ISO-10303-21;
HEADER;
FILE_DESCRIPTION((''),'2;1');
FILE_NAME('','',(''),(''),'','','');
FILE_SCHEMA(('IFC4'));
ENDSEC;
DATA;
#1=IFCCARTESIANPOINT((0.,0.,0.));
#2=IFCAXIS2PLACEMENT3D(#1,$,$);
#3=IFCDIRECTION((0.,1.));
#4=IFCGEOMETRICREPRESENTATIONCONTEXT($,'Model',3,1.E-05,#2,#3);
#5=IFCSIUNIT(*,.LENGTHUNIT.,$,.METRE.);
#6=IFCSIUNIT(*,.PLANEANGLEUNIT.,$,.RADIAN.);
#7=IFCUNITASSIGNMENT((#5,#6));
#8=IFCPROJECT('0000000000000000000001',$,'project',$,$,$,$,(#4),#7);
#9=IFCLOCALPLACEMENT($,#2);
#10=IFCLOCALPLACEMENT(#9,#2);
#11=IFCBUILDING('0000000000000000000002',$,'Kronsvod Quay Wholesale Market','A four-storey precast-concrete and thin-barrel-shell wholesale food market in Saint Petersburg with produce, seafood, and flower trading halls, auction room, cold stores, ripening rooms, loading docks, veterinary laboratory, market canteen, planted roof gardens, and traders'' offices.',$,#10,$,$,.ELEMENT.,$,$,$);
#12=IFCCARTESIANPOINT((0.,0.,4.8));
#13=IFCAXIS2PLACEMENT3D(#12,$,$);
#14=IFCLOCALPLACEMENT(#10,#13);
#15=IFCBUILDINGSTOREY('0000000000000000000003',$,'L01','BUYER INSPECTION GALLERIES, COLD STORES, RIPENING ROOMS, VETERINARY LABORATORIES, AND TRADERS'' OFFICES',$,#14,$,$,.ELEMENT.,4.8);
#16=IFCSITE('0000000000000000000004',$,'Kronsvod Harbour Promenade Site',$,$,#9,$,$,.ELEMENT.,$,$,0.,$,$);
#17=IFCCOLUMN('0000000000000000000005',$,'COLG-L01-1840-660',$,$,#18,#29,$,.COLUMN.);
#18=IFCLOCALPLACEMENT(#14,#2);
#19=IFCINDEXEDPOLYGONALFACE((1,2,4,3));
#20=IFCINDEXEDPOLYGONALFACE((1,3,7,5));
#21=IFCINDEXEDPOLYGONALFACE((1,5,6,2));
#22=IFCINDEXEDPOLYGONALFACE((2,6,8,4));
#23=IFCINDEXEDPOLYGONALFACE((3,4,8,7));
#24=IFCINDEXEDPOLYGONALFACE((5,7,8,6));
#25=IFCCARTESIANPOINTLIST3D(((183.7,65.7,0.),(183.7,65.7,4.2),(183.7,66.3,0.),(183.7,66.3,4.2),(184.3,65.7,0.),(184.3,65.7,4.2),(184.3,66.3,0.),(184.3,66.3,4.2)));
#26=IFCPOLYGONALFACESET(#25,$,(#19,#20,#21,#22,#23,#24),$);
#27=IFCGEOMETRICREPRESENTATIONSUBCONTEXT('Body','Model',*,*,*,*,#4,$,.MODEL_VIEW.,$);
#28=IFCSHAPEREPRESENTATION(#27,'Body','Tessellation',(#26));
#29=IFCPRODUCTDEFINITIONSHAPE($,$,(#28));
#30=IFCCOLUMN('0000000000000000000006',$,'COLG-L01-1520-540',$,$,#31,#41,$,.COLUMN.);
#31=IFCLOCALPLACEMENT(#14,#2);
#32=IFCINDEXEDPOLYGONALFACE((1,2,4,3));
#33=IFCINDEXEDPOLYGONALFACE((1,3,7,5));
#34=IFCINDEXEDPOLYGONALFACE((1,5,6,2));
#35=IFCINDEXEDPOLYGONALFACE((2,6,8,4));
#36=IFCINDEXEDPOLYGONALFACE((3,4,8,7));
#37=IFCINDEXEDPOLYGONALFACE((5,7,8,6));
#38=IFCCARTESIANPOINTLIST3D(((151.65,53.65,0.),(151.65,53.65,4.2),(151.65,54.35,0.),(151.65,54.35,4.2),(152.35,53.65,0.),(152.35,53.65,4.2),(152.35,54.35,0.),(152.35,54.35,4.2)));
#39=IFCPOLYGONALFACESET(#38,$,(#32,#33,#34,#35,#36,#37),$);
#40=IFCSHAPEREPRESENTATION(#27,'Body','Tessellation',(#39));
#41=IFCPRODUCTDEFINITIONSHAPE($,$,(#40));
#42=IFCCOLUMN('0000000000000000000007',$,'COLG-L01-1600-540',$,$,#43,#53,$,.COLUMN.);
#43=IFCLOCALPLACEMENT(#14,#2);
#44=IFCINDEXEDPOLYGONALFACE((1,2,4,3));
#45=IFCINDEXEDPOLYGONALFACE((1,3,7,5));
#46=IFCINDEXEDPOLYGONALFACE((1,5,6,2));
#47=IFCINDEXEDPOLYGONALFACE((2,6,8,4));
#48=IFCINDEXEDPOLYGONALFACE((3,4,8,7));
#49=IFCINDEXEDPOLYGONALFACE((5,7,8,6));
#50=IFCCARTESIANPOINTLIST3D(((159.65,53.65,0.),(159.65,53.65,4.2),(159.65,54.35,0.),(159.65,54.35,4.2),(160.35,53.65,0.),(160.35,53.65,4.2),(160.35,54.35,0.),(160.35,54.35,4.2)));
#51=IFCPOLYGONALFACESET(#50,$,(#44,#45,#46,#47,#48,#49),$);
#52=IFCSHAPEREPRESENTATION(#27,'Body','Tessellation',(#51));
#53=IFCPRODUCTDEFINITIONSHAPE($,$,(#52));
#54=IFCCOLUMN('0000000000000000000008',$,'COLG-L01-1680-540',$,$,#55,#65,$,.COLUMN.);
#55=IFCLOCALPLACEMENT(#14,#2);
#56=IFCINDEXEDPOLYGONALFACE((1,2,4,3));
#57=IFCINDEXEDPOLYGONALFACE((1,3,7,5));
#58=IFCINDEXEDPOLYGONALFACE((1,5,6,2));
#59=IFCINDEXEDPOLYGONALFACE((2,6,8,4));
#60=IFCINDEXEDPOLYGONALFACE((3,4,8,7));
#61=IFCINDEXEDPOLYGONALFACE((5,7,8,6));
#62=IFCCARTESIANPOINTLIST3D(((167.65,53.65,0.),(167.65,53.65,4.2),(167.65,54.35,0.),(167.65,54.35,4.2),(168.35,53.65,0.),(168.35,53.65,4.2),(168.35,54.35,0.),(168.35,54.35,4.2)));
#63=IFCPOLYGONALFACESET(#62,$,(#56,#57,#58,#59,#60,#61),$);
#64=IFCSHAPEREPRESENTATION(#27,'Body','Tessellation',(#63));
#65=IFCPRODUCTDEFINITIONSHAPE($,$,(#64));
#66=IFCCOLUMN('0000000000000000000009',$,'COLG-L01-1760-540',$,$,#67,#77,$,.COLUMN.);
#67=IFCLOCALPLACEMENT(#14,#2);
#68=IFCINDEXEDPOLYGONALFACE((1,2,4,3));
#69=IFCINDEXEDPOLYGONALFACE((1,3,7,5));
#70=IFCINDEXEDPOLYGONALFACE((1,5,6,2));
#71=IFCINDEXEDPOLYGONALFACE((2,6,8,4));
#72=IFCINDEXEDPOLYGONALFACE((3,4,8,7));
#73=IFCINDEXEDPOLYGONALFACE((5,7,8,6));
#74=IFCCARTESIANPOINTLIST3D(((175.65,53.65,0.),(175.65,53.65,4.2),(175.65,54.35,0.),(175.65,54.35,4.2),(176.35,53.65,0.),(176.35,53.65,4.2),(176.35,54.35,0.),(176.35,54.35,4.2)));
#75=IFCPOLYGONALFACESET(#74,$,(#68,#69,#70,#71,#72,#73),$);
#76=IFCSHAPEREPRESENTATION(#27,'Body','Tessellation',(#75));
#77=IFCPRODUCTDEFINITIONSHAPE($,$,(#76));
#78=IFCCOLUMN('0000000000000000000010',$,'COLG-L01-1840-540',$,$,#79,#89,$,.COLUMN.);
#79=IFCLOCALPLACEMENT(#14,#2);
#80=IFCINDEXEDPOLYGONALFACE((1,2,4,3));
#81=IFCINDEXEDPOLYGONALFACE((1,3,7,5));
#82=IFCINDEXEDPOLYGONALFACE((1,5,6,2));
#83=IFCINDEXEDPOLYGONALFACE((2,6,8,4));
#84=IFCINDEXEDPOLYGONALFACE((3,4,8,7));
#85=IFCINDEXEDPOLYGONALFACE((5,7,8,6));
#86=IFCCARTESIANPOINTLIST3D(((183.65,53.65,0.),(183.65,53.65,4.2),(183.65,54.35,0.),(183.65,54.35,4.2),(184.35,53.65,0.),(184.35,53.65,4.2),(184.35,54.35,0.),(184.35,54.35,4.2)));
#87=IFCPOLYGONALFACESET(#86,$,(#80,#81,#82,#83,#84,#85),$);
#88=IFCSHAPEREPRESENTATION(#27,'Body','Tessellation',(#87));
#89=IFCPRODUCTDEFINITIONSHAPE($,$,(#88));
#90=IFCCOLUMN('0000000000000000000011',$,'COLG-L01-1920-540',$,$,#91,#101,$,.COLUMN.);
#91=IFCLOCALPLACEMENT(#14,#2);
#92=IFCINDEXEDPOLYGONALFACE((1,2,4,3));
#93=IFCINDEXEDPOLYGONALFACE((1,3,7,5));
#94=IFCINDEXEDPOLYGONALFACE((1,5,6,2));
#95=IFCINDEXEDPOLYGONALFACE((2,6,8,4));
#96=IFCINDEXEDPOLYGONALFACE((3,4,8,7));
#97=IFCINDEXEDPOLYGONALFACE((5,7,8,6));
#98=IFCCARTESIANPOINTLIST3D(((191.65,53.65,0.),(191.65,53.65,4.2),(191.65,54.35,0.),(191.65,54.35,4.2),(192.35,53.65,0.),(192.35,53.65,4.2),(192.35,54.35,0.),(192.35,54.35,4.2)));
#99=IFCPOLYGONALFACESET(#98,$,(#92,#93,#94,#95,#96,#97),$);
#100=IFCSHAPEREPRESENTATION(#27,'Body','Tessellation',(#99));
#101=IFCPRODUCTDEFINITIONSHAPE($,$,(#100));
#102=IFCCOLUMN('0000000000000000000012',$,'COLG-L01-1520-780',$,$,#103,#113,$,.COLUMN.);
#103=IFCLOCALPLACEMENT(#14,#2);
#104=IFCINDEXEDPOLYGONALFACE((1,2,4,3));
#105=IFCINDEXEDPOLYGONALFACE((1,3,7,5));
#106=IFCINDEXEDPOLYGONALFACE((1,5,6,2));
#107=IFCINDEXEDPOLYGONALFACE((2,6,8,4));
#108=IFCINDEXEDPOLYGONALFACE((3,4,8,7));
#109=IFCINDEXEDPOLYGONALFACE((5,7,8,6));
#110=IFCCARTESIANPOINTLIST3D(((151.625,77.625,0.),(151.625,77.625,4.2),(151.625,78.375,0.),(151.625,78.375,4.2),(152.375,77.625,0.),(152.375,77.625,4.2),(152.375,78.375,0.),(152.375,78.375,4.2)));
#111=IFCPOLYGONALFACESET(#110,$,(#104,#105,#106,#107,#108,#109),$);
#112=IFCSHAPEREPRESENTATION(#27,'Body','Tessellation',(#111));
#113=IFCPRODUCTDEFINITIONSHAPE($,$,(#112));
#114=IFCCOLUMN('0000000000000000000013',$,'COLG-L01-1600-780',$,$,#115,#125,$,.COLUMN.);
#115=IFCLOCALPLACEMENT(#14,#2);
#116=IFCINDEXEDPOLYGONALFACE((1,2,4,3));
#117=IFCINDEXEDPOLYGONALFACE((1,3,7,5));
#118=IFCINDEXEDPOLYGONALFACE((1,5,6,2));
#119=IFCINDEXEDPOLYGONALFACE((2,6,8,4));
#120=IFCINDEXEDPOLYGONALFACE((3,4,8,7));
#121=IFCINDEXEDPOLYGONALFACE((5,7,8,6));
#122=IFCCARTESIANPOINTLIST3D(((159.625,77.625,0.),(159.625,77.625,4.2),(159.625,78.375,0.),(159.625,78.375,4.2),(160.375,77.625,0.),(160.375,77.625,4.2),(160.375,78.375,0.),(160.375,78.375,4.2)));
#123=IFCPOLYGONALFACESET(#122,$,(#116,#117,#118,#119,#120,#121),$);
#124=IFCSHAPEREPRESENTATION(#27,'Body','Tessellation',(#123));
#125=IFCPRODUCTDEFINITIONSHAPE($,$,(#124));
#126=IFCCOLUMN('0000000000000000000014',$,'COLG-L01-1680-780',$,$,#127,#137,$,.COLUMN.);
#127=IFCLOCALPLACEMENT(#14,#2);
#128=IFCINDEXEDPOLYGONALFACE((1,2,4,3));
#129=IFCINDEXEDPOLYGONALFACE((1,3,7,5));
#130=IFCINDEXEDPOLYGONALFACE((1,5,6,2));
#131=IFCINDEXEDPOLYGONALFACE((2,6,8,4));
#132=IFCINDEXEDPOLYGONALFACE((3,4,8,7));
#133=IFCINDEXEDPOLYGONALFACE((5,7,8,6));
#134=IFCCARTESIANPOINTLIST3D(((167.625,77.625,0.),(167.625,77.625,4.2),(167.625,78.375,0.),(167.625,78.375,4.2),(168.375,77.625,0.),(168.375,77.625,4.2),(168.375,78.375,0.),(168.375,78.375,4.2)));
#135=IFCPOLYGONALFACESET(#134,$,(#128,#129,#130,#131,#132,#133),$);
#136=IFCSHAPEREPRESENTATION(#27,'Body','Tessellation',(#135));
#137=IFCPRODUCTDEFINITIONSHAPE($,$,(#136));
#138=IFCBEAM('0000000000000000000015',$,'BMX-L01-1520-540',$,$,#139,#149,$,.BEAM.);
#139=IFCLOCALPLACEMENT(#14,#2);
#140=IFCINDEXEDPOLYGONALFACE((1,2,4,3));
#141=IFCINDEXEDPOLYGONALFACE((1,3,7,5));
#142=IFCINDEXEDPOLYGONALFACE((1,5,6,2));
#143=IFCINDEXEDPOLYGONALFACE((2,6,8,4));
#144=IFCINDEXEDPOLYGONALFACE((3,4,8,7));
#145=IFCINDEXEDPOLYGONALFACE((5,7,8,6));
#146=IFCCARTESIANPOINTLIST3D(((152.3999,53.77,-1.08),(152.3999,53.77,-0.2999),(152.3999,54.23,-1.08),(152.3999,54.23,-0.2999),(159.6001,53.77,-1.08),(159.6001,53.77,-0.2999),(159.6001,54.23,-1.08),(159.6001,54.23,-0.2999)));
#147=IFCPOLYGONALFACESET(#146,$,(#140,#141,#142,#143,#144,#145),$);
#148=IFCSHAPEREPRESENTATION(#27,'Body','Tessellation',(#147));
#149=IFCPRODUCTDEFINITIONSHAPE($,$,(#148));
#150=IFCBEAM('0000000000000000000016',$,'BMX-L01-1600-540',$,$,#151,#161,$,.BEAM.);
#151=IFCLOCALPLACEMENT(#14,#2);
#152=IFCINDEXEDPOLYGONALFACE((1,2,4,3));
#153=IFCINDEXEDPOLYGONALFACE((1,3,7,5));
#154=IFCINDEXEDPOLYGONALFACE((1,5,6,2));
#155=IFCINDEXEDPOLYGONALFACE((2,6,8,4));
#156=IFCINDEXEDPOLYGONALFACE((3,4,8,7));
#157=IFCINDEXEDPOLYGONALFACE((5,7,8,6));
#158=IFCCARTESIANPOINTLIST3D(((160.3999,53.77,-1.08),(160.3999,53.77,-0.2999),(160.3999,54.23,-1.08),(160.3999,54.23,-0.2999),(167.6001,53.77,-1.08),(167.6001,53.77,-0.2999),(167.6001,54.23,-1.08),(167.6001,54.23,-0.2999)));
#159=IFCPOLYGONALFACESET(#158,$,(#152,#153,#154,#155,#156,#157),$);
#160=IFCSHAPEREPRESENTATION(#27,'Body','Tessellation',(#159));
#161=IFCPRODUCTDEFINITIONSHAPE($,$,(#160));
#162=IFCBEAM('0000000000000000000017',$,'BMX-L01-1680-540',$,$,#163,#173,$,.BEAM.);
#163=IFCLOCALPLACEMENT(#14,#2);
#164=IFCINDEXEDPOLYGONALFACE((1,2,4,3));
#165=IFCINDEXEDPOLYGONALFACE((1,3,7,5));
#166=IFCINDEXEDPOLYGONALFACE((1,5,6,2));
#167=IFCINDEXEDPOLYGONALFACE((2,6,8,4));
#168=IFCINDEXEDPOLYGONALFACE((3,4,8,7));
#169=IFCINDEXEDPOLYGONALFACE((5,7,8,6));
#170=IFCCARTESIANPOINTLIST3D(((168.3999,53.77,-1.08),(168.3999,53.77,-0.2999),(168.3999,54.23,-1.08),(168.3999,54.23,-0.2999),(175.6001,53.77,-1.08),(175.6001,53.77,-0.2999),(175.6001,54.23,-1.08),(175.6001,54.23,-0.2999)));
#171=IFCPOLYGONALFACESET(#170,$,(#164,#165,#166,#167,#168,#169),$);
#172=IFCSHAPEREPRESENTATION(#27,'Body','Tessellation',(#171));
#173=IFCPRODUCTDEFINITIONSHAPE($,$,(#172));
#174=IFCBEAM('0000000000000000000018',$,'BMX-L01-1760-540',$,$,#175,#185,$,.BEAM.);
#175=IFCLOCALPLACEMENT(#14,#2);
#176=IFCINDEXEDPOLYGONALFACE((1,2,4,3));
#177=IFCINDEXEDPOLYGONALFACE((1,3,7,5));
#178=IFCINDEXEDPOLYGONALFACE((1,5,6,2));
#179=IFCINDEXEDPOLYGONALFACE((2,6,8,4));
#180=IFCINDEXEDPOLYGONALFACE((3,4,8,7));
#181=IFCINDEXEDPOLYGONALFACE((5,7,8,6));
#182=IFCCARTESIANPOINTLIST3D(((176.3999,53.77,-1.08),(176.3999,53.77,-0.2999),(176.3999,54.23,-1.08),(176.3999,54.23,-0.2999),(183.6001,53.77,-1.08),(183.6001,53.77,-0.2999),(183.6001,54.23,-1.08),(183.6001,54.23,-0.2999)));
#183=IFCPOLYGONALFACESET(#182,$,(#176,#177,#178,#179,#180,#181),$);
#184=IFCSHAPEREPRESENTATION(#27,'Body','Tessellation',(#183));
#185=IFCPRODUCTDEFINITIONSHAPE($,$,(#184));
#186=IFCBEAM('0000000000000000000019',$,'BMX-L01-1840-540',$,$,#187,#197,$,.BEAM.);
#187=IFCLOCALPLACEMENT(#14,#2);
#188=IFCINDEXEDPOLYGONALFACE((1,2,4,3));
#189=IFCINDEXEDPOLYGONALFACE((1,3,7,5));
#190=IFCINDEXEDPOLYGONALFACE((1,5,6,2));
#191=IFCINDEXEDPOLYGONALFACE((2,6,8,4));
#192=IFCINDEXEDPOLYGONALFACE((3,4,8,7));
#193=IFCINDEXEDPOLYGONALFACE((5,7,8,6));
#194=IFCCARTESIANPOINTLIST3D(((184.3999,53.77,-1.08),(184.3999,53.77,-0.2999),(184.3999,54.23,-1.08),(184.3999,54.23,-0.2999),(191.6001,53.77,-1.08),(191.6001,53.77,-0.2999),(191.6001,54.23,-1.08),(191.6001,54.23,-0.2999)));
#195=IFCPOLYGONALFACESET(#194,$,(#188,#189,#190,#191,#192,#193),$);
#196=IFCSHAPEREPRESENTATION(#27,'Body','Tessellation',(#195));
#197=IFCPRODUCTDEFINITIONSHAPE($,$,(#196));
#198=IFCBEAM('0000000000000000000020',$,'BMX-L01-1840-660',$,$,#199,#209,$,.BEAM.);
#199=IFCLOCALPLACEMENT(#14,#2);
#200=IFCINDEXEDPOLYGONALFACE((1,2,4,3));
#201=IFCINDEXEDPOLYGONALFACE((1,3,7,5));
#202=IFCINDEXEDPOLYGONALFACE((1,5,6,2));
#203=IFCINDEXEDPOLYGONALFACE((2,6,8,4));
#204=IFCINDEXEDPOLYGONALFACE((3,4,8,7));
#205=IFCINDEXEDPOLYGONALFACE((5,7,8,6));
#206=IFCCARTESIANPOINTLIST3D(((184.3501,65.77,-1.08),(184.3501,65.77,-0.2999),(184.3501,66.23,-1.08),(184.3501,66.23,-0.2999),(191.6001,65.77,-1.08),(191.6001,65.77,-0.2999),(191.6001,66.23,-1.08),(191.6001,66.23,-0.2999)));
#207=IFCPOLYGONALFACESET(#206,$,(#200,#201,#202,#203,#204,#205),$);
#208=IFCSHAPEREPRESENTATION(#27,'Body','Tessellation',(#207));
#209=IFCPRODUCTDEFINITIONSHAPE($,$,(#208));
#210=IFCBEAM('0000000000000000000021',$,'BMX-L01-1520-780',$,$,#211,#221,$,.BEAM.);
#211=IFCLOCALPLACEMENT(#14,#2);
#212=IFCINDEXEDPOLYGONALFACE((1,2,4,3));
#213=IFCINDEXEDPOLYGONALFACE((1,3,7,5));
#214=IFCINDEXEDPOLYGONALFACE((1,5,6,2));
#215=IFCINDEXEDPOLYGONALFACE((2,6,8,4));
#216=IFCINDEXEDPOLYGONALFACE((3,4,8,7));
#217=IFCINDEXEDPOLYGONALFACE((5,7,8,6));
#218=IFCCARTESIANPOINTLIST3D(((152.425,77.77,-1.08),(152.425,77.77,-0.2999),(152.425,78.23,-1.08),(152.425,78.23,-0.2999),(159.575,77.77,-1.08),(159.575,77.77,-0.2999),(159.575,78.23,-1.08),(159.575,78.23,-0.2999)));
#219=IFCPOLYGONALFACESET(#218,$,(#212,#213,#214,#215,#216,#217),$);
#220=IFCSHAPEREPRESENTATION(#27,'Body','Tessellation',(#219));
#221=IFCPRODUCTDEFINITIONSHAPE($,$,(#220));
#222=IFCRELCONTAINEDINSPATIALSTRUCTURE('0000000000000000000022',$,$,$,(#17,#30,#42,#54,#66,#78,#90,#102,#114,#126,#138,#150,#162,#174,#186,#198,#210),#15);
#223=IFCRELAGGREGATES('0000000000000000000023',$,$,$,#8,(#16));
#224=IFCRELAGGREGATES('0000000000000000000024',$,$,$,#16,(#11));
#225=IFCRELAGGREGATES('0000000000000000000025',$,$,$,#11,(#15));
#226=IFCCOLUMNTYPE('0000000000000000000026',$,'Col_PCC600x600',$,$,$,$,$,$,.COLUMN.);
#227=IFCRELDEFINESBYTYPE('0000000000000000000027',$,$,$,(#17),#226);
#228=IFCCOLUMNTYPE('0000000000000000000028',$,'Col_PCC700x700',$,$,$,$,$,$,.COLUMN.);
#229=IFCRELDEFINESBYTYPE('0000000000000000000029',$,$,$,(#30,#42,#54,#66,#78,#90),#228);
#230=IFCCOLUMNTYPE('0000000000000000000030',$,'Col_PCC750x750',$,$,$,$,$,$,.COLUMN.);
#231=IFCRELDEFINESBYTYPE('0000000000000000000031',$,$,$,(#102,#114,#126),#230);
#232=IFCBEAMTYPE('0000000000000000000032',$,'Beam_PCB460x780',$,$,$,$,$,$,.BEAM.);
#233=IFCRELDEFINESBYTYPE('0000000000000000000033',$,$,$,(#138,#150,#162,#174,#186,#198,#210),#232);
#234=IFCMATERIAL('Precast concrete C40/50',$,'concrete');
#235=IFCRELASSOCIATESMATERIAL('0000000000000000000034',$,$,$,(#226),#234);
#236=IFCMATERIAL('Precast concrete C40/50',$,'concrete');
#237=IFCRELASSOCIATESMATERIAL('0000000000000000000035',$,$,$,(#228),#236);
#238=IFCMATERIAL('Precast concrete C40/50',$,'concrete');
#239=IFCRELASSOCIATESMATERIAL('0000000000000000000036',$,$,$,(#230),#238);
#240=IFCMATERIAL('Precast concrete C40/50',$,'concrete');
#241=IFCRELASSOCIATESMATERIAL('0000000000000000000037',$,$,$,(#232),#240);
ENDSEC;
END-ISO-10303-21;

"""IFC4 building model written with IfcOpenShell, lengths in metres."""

from ifc_helpers import new_model, si_unit, direction, frame, origin, origin_2d, place, context, subcontext, project, spatial, rectangle, extrude, material, material_profile, profile_set, type_object, element, save


model = new_model("IFC4")

# Units and contexts
model_context = context("Model", 3, precision=1e-05, world=origin(), true_north=direction((0.0, 1.0)))
body_context = subcontext(model_context, "Body", "Model", "MODEL_VIEW")
ifc_project = project(units=[si_unit("LENGTHUNIT", "METRE"), si_unit("PLANEANGLEUNIT", "RADIAN")], contexts=[model_context])

# Site, building, storey
site_placement = place(None, origin())
site = spatial("IfcSite", under=ifc_project, at=site_placement, Name="Kronsvod Harbour Promenade Site", CompositionType="ELEMENT", RefElevation=0.0)
building_placement = place(site_placement, origin())
building = spatial("IfcBuilding", under=site, at=building_placement, Name="Kronsvod Quay Wholesale Market", Description="A four-storey precast-concrete and thin-barrel-shell wholesale food market in Saint Petersburg with produce, seafood, and flower trading halls, auction room, cold stores, ripening rooms, loading docks, veterinary laboratory, market canteen, planted roof gardens, and traders' offices.", CompositionType="ELEMENT")
storey_placement = place(building_placement, frame((0.0, 0.0, 4.8)))
storey = spatial("IfcBuildingStorey", under=building, at=storey_placement, Name="L01", Description="BUYER INSPECTION GALLERIES, COLD STORES, RIPENING ROOMS, VETERINARY LABORATORIES, AND TRADERS' OFFICES", CompositionType="ELEMENT", Elevation=4.8)

# Columns
ifc_material_1 = material(Name="Precast concrete C40/50", Category="concrete")
ifc_material_profile_1 = material_profile(ifc_material_1, rectangle(XDim=0.6001, YDim=0.6001, at=origin_2d()), Name="PCC600x600")
ifc_profile_set_1 = profile_set([ifc_material_profile_1], Name="Precast concrete C40/50")
column_type_1 = type_object("IfcColumnType", Name="Col_PCC600x600", PredefinedType="COLUMN", material=ifc_profile_set_1)
column_placement = place(storey_placement, frame((184.0, 66.0, 0.0), z_axis=(0.0, 0.0, 1.0), x_axis=(1.0, 0.0, 0.0)))
element("IfcColumn", 1, at=column_placement, inside=storey, type_object=column_type_1, Name="COLG-L01-1840-660", PredefinedType="COLUMN", context=body_context, shape_type="SweptSolid", body=[
    extrude(rectangle(XDim=0.6001, YDim=0.6001, at=origin_2d()), origin(), (0.0, 0.0, 1.0), 4.2),
])
ifc_material_2 = material(Name="Precast concrete C40/50", Category="concrete")
ifc_material_profile_2 = material_profile(ifc_material_2, rectangle(XDim=0.7, YDim=0.7, at=origin_2d()), Name="PCC700x700")
ifc_profile_set_2 = profile_set([ifc_material_profile_2], Name="Precast concrete C40/50")
column_type_2 = type_object("IfcColumnType", Name="Col_PCC700x700", PredefinedType="COLUMN", material=ifc_profile_set_2)
for number, where, z_axis, x_axis, name in (
    (2, (152.0, 54.0, 0.0), (0.0, 0.0, 1.0), (1.0, 0.0, 0.0), "COLG-L01-1520-540"),
    (3, (160.0, 54.0, 0.0), (0.0, 0.0, 1.0), (1.0, 0.0, 0.0), "COLG-L01-1600-540"),
    (4, (168.0, 54.0, 0.0), (0.0, 0.0, 1.0), (1.0, 0.0, 0.0), "COLG-L01-1680-540"),
    (5, (176.0, 54.0, 0.0), (0.0, 0.0, 1.0), (1.0, 0.0, 0.0), "COLG-L01-1760-540"),
    (6, (184.0, 54.0, 0.0), (0.0, 0.0, 1.0), (1.0, 0.0, 0.0), "COLG-L01-1840-540"),
    (7, (192.0, 54.0, 0.0), (0.0, 0.0, 1.0), (1.0, 0.0, 0.0), "COLG-L01-1920-540"),
):
    element("IfcColumn", number, at=place(storey_placement, frame(where, z_axis=z_axis, x_axis=x_axis)), inside=storey, type_object=column_type_2, Name=name, PredefinedType="COLUMN", context=body_context, shape_type="SweptSolid", body=[
        extrude(rectangle(XDim=0.7, YDim=0.7, at=origin_2d()), origin(), (0.0, 0.0, 1.0), 4.2),
    ])
ifc_material_3 = material(Name="Precast concrete C40/50", Category="concrete")
ifc_material_profile_3 = material_profile(ifc_material_3, rectangle(XDim=0.75, YDim=0.75, at=origin_2d()), Name="COL-07")
ifc_profile_set_3 = profile_set([ifc_material_profile_3], Name="Precast concrete C40/50")
column_type_3 = type_object("IfcColumnType", Name="Col_PCC750x750", PredefinedType="COLUMN", material=ifc_profile_set_3)
for number, where, z_axis, x_axis, name in (
    (8, (152.0, 78.0, 0.0), (0.0, 0.0, 1.0), (1.0, 0.0, 0.0), "COLG-L01-1520-780"),
    (9, (160.0, 78.0, 0.0), (0.0, 0.0, 1.0), (1.0, 0.0, 0.0), "COLG-L01-1600-780"),
    (10, (168.0, 78.0, 0.0), (0.0, 0.0, 1.0), (1.0, 0.0, 0.0), "COLG-L01-1680-780"),
):
    element("IfcColumn", number, at=place(storey_placement, frame(where, z_axis=z_axis, x_axis=x_axis)), inside=storey, type_object=column_type_3, Name=name, PredefinedType="COLUMN", context=body_context, shape_type="SweptSolid", body=[
        extrude(rectangle(XDim=0.75, YDim=0.75, at=origin_2d()), origin(), (0.0, 0.0, 1.0), 4.2),
    ])

# Beams
ifc_material_4 = material(Name="Precast concrete C40/50", Category="concrete")
ifc_material_profile_4 = material_profile(ifc_material_4, rectangle(XDim=0.46, YDim=0.78, at=origin_2d()), Name="PB-03")
ifc_profile_set_4 = profile_set([ifc_material_profile_4], Name="Precast concrete C40/50")
beam_type_1 = type_object("IfcBeamType", Name="Beam_PCB460x780", PredefinedType="BEAM", material=ifc_profile_set_4)
for number, where, z_axis, x_axis, name in (
    (11, (152.3999, 54.0, -0.6899), (1.0, 0.0, 0.0), (0.0, 1.0, 0.0), "BMX-L01-1520-540"),
    (12, (160.3999, 54.0, -0.6899), (1.0, 0.0, 0.0), (0.0, 1.0, 0.0), "BMX-L01-1600-540"),
    (13, (168.3999, 54.0, -0.6899), (1.0, 0.0, 0.0), (0.0, 1.0, 0.0), "BMX-L01-1680-540"),
    (14, (176.3999, 54.0, -0.6899), (1.0, 0.0, 0.0), (0.0, 1.0, 0.0), "BMX-L01-1760-540"),
    (15, (184.3999, 54.0, -0.6899), (1.0, 0.0, 0.0), (0.0, 1.0, 0.0), "BMX-L01-1840-540"),
):
    element("IfcBeam", number, at=place(storey_placement, frame(where, z_axis=z_axis, x_axis=x_axis)), inside=storey, type_object=beam_type_1, Name=name, PredefinedType="BEAM", context=body_context, shape_type="SweptSolid", body=[
        extrude(rectangle(XDim=0.46, YDim=0.78, at=origin_2d()), origin(), (0.0, 0.0, 1.0), 7.2002),
    ])
beam_1_placement = place(storey_placement, frame((184.3501, 66.0, -0.6899), z_axis=(1.0, 0.0, 0.0), x_axis=(0.0, 1.0, 0.0)))
element("IfcBeam", 16, at=beam_1_placement, inside=storey, type_object=beam_type_1, Name="BMX-L01-1840-660", PredefinedType="BEAM", context=body_context, shape_type="SweptSolid", body=[
    extrude(rectangle(XDim=0.46, YDim=0.78, at=origin_2d()), origin(), (0.0, 0.0, 1.0), 7.25),
])
for number, where, z_axis, x_axis, name in (
    (17, (152.425, 78.0, -0.6899), (1.0, 0.0, 0.0), (0.0, 1.0, 0.0), "BMX-L01-1520-780"),
):
    element("IfcBeam", number, at=place(storey_placement, frame(where, z_axis=z_axis, x_axis=x_axis)), inside=storey, type_object=beam_type_1, Name=name, PredefinedType="BEAM", context=body_context, shape_type="SweptSolid", body=[
        extrude(rectangle(XDim=0.46, YDim=0.78, at=origin_2d()), origin(), (0.0, 0.0, 1.0), 7.1499),
    ])

save(model, "model.ifc")
